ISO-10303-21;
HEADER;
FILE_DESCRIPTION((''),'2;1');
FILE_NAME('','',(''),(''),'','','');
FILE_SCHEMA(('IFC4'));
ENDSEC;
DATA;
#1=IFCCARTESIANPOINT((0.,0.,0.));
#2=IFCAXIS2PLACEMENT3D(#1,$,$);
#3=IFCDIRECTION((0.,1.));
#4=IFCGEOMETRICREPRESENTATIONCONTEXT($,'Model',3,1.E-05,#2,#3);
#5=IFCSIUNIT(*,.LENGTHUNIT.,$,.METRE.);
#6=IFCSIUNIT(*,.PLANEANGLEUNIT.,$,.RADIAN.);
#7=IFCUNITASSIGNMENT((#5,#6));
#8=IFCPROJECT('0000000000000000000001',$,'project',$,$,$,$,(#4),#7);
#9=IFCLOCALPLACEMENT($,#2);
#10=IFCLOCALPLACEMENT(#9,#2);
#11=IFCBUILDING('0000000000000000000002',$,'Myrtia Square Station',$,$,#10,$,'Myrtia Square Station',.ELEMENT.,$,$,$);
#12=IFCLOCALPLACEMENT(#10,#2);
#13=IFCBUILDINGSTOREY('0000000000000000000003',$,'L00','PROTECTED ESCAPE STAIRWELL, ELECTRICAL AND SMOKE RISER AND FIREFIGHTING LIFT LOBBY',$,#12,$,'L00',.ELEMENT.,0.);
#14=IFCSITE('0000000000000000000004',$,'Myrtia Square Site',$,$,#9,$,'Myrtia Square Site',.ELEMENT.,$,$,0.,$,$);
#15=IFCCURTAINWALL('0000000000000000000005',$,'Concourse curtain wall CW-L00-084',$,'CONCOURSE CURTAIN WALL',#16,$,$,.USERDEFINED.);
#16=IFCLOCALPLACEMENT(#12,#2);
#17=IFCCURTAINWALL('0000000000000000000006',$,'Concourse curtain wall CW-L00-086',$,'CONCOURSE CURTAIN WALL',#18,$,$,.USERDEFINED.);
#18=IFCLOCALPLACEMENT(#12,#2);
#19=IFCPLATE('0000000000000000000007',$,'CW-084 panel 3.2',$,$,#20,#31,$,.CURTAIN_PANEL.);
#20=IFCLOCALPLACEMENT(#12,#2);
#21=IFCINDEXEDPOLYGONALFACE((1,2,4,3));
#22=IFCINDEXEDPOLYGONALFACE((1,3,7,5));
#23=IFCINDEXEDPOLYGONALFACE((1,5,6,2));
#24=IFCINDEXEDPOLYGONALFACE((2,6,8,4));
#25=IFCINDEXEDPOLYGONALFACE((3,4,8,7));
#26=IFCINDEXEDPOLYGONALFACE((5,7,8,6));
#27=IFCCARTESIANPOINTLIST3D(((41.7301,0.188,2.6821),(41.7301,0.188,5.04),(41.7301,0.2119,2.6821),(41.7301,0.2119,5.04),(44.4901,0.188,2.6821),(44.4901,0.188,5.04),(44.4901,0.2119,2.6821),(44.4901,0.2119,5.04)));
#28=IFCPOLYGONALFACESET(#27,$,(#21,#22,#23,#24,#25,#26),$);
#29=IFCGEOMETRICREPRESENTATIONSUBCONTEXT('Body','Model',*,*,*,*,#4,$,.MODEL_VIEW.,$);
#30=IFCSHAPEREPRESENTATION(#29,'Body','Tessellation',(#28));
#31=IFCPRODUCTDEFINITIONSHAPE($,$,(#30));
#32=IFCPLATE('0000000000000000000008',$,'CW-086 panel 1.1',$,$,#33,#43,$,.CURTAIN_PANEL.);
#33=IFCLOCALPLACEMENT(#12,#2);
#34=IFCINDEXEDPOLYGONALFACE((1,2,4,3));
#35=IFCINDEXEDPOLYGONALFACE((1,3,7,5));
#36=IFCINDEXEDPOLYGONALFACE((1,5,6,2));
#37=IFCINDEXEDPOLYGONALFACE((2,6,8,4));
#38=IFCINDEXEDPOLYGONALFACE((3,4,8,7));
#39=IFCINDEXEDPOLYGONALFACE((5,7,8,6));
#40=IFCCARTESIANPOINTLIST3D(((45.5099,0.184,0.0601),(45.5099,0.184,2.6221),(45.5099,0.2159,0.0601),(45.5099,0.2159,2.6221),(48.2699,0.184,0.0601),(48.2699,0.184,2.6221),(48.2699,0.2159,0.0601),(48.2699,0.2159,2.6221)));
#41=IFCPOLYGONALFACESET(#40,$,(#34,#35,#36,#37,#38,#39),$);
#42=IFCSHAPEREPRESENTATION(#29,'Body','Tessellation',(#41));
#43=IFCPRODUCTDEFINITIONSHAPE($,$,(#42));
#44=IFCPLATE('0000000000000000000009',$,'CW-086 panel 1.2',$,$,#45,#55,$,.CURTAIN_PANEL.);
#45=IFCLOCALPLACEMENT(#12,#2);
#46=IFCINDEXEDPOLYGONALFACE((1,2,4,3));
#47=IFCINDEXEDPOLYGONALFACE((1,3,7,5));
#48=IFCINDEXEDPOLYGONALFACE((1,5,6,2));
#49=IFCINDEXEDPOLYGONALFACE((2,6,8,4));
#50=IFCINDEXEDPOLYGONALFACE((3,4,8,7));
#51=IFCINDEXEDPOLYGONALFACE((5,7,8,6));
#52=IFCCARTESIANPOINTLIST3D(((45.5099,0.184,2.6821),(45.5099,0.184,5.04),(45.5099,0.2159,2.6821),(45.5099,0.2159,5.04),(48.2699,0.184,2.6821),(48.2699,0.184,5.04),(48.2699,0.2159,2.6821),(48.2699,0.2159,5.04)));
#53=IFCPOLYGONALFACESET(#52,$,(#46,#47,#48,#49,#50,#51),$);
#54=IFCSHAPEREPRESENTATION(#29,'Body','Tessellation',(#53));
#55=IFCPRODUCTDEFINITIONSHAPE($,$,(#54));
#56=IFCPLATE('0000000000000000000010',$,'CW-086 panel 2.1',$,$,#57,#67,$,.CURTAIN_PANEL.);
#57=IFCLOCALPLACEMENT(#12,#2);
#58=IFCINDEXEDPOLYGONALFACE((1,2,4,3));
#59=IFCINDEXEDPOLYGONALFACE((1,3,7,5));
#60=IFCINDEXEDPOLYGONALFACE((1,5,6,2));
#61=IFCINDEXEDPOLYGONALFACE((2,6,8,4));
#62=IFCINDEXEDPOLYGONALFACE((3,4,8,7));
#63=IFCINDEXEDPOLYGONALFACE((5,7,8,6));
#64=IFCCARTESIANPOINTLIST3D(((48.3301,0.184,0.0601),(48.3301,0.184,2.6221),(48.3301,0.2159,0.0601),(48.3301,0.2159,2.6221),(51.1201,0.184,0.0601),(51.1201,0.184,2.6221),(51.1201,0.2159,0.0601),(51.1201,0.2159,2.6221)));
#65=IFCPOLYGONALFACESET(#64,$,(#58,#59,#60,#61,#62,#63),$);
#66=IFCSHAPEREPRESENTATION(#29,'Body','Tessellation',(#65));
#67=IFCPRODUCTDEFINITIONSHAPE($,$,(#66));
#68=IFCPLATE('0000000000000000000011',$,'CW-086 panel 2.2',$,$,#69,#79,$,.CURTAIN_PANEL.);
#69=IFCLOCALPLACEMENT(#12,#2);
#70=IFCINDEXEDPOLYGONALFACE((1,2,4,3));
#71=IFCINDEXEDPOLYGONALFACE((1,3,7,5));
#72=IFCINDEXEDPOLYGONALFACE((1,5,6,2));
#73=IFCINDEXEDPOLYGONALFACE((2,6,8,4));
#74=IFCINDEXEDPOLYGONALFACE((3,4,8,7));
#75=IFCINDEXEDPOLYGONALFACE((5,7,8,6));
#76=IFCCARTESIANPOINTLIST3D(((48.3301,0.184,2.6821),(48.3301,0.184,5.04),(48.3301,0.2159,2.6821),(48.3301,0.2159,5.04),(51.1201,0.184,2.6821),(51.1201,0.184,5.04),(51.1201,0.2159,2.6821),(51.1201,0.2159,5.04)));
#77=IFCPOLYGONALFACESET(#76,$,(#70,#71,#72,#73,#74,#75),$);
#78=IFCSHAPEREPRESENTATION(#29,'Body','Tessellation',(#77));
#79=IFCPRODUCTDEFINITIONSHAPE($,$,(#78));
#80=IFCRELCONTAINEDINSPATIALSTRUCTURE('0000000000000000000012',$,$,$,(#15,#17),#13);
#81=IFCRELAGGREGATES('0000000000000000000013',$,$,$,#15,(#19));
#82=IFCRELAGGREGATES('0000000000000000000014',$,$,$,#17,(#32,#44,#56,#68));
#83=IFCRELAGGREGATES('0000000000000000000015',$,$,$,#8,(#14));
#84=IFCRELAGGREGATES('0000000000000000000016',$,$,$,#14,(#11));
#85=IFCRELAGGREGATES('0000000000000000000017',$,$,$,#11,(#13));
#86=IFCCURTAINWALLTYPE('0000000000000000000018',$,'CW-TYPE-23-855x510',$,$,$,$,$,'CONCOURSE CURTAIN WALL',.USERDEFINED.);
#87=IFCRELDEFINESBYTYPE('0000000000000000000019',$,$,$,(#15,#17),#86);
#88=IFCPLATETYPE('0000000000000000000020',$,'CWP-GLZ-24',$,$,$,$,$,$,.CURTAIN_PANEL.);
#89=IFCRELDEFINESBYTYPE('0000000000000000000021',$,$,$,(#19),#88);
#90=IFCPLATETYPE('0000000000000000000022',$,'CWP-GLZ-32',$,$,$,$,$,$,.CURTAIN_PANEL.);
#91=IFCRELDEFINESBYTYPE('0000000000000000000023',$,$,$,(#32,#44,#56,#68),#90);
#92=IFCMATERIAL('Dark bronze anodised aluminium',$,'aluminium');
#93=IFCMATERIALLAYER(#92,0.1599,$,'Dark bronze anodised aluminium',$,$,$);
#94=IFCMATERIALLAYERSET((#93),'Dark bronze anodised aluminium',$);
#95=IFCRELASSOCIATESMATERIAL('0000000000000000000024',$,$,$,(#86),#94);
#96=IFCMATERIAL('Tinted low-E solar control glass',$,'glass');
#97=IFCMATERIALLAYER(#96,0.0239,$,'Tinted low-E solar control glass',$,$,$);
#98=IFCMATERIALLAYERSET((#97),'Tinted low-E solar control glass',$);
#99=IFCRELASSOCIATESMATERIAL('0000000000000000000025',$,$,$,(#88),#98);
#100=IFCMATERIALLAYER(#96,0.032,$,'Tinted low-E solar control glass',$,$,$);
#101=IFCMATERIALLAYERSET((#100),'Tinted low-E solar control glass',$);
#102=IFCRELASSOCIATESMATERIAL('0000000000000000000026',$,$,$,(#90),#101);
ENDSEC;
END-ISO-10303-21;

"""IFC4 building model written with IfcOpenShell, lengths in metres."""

from ifc_helpers import new_model, si_unit, direction, frame, origin, origin_2d, place, context, subcontext, project, spatial, rectangle, extrude, material, layer, layer_set, type_object, element, aggregate, save


model = new_model("IFC4")

# Units and contexts
model_context = context("Model", 3, precision=1e-05, world=origin(), true_north=direction((0.0, 1.0)))
body_context = subcontext(model_context, "Body", "Model", "MODEL_VIEW")
ifc_project = project(units=[si_unit("LENGTHUNIT", "METRE"), si_unit("PLANEANGLEUNIT", "RADIAN")], contexts=[model_context])

# Site, building, storey
site_placement = place(None, origin())
site = spatial("IfcSite", under=ifc_project, at=site_placement, Name="Myrtia Square Site", LongName="Myrtia Square Site", CompositionType="ELEMENT", RefElevation=0.0)
building_placement = place(site_placement, origin())
building = spatial("IfcBuilding", under=site, at=building_placement, Name="Myrtia Square Station", LongName="Myrtia Square Station", CompositionType="ELEMENT")
storey_placement = place(building_placement, origin())
storey = spatial("IfcBuildingStorey", under=building, at=storey_placement, Name="L00", Description="PROTECTED ESCAPE STAIRWELL, ELECTRICAL AND SMOKE RISER AND FIREFIGHTING LIFT LOBBY", LongName="L00", CompositionType="ELEMENT", Elevation=0.0)

# Curtain walls
ifc_material_1 = material(Name="Dark bronze anodised aluminium", Category="aluminium")
ifc_layer_1 = layer(ifc_material_1, 0.1599, Name="Dark bronze anodised aluminium")
ifc_layer_set_1 = layer_set([ifc_layer_1], Name="Dark bronze anodised aluminium")
curtain_wall_type = type_object("IfcCurtainWallType", Name="CW-TYPE-23-855x510", ElementType="CONCOURSE CURTAIN WALL", PredefinedType="USERDEFINED", material=ifc_layer_set_1)
curtain_wall_1_placement = place(storey_placement, origin())
curtain_wall_1 = element("IfcCurtainWall", 1, at=curtain_wall_1_placement, inside=storey, type_object=curtain_wall_type, Name="Concourse curtain wall CW-L00-084", ObjectType="CONCOURSE CURTAIN WALL", PredefinedType="USERDEFINED")
curtain_wall_2_placement = place(storey_placement, origin())
curtain_wall_2 = element("IfcCurtainWall", 2, at=curtain_wall_2_placement, inside=storey, type_object=curtain_wall_type, Name="Concourse curtain wall CW-L00-086", ObjectType="CONCOURSE CURTAIN WALL", PredefinedType="USERDEFINED")

# Plates
ifc_material_2 = material(Name="Tinted low-E solar control glass", Category="glass")
ifc_layer_2 = layer(ifc_material_2, 0.0239, Name="Tinted low-E solar control glass")
ifc_layer_set_2 = layer_set([ifc_layer_2], Name="Tinted low-E solar control glass")
plate_type_1 = type_object("IfcPlateType", Name="CWP-GLZ-24", PredefinedType="CURTAIN_PANEL", material=ifc_layer_set_2)
plate_1_placement = place(storey_placement, frame((43.1101, 0.2, 2.6821), z_axis=(0.0, 0.0, 1.0), x_axis=(1.0, 0.0, 0.0)))
plate_1 = element("IfcPlate", 3, at=plate_1_placement, type_object=plate_type_1, Name="CW-084 panel 3.2", PredefinedType="CURTAIN_PANEL", context=body_context, shape_type="SweptSolid", body=[
    extrude(rectangle(XDim=2.76, YDim=0.0239, at=origin_2d()), origin(), (0.0, 0.0, 1.0), 2.3579),
])
aggregate(curtain_wall_1, [plate_1])
ifc_layer_3 = layer(ifc_material_2, 0.032, Name="Tinted low-E solar control glass")
ifc_layer_set_3 = layer_set([ifc_layer_3], Name="Tinted low-E solar control glass")
plate_type_2 = type_object("IfcPlateType", Name="CWP-GLZ-32", PredefinedType="CURTAIN_PANEL", material=ifc_layer_set_3)
plate_2_placement = place(storey_placement, frame((46.8899, 0.2, 0.0601), z_axis=(0.0, 0.0, 1.0), x_axis=(1.0, 0.0, 0.0)))
plate_2 = element("IfcPlate", 4, at=plate_2_placement, type_object=plate_type_2, Name="CW-086 panel 1.1", PredefinedType="CURTAIN_PANEL", context=body_context, shape_type="SweptSolid", body=[
    extrude(rectangle(XDim=2.76, YDim=0.032, at=origin_2d()), origin(), (0.0, 0.0, 1.0), 2.562),
])
plate_3_placement = place(storey_placement, frame((46.8899, 0.2, 2.6821), z_axis=(0.0, 0.0, 1.0), x_axis=(1.0, 0.0, 0.0)))
plate_3 = element("IfcPlate", 5, at=plate_3_placement, type_object=plate_type_2, Name="CW-086 panel 1.2", PredefinedType="CURTAIN_PANEL", context=body_context, shape_type="SweptSolid", body=[
    extrude(rectangle(XDim=2.76, YDim=0.032, at=origin_2d()), origin(), (0.0, 0.0, 1.0), 2.3579),
])
plate_4_placement = place(storey_placement, frame((49.7251, 0.2, 0.0601), z_axis=(0.0, 0.0, 1.0), x_axis=(1.0, 0.0, 0.0)))
plate_4 = element("IfcPlate", 6, at=plate_4_placement, type_object=plate_type_2, Name="CW-086 panel 2.1", PredefinedType="CURTAIN_PANEL", context=body_context, shape_type="SweptSolid", body=[
    extrude(rectangle(XDim=2.79, YDim=0.032, at=origin_2d()), origin(), (0.0, 0.0, 1.0), 2.562),
])
plate_5_placement = place(storey_placement, frame((49.7251, 0.2, 2.6821), z_axis=(0.0, 0.0, 1.0), x_axis=(1.0, 0.0, 0.0)))
plate_5 = element("IfcPlate", 7, at=plate_5_placement, type_object=plate_type_2, Name="CW-086 panel 2.2", PredefinedType="CURTAIN_PANEL", context=body_context, shape_type="SweptSolid", body=[
    extrude(rectangle(XDim=2.79, YDim=0.032, at=origin_2d()), origin(), (0.0, 0.0, 1.0), 2.3579),
])
aggregate(curtain_wall_2, [plate_2, plate_3, plate_4, plate_5])

save(model, "model.ifc")
